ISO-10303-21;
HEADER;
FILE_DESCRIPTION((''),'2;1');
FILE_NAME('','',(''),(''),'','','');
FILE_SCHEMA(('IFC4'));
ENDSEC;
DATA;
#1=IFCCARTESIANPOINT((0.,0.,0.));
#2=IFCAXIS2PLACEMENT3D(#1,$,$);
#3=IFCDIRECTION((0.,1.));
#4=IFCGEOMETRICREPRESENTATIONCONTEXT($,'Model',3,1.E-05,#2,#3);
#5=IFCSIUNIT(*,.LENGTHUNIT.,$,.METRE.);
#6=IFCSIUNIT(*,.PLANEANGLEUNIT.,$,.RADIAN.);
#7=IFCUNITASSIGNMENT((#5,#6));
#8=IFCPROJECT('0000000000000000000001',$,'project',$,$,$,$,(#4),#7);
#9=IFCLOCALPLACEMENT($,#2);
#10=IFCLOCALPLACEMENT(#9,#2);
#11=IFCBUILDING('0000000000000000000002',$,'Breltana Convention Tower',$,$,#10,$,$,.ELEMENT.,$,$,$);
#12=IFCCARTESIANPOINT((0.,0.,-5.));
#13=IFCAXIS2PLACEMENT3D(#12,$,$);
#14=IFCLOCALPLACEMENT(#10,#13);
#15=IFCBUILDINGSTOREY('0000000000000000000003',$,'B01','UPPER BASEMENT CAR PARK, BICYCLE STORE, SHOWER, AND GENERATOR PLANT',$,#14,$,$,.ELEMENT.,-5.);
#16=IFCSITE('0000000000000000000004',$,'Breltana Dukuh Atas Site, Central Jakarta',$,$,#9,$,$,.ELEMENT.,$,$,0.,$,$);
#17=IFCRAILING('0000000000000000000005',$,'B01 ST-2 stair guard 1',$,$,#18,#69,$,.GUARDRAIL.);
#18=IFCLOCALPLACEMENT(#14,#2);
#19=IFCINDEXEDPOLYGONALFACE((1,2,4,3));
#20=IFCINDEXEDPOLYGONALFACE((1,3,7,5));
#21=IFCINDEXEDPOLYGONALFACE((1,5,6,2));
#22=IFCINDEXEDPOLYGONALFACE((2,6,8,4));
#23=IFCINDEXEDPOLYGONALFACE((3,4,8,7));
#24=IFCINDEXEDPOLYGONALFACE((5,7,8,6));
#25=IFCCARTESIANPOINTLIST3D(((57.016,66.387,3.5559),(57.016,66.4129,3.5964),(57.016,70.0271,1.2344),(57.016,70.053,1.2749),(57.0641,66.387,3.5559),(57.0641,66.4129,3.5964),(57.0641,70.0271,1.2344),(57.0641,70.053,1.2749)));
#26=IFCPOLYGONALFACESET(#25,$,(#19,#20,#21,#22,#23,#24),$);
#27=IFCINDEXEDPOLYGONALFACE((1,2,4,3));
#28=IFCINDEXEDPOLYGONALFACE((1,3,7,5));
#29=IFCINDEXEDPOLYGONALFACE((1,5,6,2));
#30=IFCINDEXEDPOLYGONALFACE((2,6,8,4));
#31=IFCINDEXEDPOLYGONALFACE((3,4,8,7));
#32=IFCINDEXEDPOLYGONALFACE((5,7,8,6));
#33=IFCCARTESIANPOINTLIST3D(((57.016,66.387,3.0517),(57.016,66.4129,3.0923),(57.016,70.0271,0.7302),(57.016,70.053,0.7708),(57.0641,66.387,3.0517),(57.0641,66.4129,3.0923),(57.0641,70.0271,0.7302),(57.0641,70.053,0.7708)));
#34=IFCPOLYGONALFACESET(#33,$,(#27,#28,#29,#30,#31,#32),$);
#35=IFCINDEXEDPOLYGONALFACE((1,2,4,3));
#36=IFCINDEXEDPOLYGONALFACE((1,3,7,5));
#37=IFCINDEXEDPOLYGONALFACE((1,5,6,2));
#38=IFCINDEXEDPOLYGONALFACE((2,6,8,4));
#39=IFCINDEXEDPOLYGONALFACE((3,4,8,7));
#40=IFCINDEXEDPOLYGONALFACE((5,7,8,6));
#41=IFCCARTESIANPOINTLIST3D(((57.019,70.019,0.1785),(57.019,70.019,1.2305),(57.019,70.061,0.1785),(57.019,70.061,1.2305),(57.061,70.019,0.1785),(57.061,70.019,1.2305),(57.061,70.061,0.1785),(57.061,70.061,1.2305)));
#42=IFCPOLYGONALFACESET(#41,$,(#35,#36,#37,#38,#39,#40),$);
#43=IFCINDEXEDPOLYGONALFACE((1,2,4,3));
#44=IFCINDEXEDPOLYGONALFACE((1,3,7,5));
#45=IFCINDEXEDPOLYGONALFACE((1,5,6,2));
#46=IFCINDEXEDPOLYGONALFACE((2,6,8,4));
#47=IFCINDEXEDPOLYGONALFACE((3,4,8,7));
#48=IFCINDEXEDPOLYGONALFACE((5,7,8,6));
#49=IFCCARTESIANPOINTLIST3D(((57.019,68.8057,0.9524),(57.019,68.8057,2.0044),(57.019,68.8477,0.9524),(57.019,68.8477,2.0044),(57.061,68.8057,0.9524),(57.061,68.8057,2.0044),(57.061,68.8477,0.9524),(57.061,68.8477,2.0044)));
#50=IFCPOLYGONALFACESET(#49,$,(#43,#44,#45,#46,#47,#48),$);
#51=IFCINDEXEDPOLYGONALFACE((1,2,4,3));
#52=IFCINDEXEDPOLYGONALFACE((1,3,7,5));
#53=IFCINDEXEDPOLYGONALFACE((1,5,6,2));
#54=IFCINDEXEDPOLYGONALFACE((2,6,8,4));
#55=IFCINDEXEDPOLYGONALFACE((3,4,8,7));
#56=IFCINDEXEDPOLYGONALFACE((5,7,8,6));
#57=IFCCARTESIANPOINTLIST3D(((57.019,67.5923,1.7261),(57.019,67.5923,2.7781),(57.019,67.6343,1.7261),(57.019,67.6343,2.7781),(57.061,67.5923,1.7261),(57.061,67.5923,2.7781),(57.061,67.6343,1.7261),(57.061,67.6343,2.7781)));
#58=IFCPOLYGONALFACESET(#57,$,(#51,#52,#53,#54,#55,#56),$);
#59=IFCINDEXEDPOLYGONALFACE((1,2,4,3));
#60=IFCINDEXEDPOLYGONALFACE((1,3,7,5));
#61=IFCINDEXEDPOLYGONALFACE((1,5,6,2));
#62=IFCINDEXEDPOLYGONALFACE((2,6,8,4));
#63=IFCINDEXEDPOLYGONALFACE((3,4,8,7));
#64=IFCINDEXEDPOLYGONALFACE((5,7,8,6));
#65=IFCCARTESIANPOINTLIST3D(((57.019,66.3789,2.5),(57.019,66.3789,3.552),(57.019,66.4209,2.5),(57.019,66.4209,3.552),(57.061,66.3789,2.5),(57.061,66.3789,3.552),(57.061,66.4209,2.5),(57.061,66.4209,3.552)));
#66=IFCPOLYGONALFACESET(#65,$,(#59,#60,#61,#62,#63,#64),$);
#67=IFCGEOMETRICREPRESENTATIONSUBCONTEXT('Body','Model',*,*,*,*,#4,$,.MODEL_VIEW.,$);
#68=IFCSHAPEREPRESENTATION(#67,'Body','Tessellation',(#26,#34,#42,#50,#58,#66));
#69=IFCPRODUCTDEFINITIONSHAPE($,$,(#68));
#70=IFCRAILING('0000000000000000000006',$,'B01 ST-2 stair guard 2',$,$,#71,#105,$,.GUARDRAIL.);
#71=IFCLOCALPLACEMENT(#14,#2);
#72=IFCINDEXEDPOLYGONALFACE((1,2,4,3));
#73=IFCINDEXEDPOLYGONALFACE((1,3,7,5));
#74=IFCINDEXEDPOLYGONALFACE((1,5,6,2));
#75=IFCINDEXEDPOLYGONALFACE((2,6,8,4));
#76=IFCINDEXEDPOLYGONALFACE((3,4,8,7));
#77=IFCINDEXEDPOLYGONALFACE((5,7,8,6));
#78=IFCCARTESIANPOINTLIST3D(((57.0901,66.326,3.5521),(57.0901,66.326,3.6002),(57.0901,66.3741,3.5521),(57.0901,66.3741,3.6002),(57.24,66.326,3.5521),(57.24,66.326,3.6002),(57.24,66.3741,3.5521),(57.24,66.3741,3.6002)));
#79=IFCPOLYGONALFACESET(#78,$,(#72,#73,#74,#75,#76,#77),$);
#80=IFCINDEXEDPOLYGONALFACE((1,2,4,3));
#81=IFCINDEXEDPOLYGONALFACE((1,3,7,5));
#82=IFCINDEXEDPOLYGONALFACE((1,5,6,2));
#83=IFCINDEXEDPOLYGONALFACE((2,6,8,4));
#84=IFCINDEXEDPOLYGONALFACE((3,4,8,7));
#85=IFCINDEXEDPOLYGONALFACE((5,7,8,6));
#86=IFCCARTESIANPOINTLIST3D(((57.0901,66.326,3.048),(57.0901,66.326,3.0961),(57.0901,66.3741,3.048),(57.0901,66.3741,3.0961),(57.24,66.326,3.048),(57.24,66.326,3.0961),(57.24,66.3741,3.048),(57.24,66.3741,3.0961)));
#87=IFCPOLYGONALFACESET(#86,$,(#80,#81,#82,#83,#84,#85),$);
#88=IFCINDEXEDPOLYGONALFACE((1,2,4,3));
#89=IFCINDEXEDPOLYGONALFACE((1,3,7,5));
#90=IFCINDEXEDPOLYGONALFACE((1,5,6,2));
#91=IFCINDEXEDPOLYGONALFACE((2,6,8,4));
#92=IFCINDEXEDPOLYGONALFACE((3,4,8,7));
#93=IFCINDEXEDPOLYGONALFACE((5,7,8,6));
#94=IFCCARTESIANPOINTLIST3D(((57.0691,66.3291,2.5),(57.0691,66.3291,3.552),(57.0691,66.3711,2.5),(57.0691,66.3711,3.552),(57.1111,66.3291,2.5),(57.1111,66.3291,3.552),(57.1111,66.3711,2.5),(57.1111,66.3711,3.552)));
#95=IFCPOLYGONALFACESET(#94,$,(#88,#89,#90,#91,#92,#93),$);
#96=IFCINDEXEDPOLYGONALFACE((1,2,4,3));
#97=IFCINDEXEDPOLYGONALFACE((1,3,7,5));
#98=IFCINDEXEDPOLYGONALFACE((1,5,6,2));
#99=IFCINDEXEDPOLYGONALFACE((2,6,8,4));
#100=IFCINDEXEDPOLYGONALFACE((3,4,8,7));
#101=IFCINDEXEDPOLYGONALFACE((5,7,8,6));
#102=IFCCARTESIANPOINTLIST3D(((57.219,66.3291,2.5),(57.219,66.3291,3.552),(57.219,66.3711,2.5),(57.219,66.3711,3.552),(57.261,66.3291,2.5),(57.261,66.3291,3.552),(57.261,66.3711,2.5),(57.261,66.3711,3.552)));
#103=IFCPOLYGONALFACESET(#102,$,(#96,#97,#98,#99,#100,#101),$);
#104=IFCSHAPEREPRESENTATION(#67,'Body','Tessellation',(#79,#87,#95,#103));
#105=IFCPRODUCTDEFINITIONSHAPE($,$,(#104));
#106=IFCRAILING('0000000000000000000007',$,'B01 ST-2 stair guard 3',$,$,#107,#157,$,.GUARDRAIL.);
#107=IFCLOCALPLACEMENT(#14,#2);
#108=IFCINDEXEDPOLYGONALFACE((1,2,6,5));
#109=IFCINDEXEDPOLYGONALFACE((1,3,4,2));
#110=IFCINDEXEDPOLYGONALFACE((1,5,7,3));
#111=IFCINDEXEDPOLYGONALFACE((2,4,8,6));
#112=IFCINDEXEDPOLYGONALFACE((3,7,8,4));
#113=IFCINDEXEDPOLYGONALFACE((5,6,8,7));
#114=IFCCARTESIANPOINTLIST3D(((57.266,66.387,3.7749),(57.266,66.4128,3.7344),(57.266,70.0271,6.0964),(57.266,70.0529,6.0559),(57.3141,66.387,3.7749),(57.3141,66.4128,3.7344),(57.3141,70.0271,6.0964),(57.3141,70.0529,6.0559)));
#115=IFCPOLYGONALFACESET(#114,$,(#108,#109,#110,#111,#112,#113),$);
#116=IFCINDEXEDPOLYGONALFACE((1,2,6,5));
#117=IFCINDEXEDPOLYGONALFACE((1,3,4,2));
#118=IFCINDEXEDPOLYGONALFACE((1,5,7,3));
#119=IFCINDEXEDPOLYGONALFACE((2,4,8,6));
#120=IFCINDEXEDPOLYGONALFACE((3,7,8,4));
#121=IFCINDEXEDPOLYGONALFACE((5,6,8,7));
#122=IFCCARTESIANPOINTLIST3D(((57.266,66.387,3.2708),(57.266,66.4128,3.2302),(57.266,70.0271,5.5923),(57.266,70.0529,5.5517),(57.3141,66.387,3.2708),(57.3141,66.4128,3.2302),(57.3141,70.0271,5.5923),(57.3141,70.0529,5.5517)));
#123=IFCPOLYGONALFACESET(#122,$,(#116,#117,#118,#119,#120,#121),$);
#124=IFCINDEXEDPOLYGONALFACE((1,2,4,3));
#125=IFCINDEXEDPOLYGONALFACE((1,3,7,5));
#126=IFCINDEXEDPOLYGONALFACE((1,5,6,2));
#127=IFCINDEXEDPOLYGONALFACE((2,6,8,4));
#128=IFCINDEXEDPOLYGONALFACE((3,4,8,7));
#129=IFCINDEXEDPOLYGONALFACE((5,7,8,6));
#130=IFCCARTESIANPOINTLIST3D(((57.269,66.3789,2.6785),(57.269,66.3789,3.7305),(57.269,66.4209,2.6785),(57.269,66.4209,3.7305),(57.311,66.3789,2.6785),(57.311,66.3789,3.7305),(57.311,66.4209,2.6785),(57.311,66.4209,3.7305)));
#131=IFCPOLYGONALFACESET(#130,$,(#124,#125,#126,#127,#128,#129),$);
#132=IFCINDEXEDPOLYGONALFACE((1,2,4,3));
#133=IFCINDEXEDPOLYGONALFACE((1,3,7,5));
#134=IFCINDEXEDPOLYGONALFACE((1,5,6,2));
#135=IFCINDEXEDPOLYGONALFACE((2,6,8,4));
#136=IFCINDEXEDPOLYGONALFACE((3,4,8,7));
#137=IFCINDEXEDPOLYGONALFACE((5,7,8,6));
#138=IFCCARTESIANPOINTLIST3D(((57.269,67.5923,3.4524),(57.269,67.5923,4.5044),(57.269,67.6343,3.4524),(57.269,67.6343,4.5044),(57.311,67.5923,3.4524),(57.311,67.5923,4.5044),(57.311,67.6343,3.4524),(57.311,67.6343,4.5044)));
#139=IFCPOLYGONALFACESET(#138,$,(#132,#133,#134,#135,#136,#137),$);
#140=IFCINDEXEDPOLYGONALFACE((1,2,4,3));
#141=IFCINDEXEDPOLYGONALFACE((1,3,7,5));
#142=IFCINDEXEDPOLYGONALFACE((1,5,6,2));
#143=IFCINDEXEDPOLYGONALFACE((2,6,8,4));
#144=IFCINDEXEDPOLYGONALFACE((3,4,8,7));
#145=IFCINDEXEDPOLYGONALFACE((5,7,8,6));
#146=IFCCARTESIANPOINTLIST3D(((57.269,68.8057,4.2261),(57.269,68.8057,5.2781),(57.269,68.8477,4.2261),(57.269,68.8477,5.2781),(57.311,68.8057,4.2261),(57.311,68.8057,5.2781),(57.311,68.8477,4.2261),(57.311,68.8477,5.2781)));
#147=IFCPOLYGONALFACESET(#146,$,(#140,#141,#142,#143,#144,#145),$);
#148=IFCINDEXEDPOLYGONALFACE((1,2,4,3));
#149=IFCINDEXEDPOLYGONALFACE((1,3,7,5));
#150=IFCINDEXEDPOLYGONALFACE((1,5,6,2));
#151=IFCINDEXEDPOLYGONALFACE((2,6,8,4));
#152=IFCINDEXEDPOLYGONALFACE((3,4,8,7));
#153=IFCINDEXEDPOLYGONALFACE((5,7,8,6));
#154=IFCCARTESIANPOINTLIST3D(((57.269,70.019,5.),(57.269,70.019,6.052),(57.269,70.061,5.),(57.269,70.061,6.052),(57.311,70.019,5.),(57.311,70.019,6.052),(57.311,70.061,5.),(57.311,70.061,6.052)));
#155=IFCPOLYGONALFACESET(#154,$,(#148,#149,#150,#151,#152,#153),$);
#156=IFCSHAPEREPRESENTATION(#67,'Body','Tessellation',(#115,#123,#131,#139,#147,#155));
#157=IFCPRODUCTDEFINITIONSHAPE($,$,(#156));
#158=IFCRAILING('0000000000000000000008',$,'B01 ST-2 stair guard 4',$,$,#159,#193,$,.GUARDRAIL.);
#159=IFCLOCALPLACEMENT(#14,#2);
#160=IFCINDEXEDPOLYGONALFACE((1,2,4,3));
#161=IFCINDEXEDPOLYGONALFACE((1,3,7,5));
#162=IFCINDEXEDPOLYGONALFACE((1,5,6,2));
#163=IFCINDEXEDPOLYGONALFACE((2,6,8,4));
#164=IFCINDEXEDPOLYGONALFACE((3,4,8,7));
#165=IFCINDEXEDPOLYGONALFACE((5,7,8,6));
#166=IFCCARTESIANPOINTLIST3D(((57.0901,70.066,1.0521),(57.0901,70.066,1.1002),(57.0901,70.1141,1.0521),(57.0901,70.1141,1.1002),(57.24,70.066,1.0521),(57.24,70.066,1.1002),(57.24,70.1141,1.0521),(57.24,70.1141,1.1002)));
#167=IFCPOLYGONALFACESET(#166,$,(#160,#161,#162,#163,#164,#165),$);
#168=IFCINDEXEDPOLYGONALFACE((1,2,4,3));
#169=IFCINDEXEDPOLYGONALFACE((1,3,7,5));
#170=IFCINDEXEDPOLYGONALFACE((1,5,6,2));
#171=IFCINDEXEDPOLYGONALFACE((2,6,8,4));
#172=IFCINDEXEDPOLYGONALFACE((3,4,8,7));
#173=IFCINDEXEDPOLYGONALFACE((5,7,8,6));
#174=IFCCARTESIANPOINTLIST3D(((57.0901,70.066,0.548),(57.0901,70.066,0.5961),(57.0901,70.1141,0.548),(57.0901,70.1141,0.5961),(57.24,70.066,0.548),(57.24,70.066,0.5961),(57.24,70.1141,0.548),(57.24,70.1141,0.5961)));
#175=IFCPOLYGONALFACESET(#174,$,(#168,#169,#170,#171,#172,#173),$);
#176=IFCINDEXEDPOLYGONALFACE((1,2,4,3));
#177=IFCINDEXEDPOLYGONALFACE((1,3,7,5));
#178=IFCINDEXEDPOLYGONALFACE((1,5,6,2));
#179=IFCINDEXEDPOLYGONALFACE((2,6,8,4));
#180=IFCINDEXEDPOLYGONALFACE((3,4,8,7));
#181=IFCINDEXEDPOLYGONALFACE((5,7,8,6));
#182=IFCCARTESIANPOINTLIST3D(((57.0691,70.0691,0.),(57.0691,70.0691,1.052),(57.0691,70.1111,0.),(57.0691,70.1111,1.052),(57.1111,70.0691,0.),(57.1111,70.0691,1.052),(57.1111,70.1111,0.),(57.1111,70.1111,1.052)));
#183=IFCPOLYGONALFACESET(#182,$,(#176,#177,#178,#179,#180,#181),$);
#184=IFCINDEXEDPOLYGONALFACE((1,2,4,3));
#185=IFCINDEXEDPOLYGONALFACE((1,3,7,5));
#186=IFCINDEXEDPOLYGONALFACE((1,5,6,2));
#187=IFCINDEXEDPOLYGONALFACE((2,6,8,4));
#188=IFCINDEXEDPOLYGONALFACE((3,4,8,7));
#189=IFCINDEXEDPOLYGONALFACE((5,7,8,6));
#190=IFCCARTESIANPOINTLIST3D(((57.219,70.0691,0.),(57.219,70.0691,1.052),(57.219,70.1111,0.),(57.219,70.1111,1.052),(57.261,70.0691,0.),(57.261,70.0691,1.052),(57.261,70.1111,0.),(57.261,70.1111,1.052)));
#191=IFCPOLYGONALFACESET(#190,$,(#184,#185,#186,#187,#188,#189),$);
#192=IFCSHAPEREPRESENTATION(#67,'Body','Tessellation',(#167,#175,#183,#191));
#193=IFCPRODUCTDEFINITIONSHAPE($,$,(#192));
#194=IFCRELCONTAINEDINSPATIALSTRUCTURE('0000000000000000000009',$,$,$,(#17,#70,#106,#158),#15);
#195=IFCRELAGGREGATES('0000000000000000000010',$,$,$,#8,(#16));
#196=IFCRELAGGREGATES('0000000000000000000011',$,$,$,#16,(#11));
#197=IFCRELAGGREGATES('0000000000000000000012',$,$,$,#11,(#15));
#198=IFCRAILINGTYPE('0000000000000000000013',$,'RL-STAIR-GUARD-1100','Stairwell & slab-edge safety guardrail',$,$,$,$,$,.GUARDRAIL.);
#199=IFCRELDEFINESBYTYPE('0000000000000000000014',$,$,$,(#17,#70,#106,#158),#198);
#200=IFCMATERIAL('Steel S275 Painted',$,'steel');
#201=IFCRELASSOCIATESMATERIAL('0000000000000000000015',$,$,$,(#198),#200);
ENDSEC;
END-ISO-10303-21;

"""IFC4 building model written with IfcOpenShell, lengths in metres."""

from ifc_helpers import new_model, si_unit, direction, frame, origin, origin_2d, place, context, subcontext, project, spatial, rectangle, extrude, material, type_object, element, save


model = new_model("IFC4")

# Units and contexts
model_context = context("Model", 3, precision=1e-05, world=origin(), true_north=direction((0.0, 1.0)))
body_context = subcontext(model_context, "Body", "Model", "MODEL_VIEW")
ifc_project = project(units=[si_unit("LENGTHUNIT", "METRE"), si_unit("PLANEANGLEUNIT", "RADIAN")], contexts=[model_context])

# Site, building, storey
site_placement = place(None, origin())
site = spatial("IfcSite", under=ifc_project, at=site_placement, Name="Breltana Dukuh Atas Site, Central Jakarta", CompositionType="ELEMENT", RefElevation=0.0)
building_placement = place(site_placement, origin())
building = spatial("IfcBuilding", under=site, at=building_placement, Name="Breltana Convention Tower", CompositionType="ELEMENT")
storey_placement = place(building_placement, frame((0.0, 0.0, -5.0)))
storey = spatial("IfcBuildingStorey", under=building, at=storey_placement, Name="B01", Description="UPPER BASEMENT CAR PARK, BICYCLE STORE, SHOWER, AND GENERATOR PLANT", CompositionType="ELEMENT", Elevation=-5.0)

# Railings
ifc_material_1 = material(Name="Steel S275 Painted", Category="steel")
railing_type_1 = type_object("IfcRailingType", Name="RL-STAIR-GUARD-1100", Description="Stairwell & slab-edge safety guardrail", PredefinedType="GUARDRAIL", material=ifc_material_1)
railing_1_placement = place(storey_placement, frame((57.04, 70.04, 0.1785)))
element("IfcRailing", 1, at=railing_1_placement, inside=storey, type_object=railing_type_1, Name="B01 ST-2 stair guard 1", PredefinedType="GUARDRAIL", context=body_context, shape_type="SweptSolid", body=[
    extrude(rectangle(XDim=0.0481, YDim=0.0481, at=origin_2d()), frame((0.0, 0.0, 1.0762), z_axis=(0.0, -0.843128, 0.537713), x_axis=(1.0, 0.0, 0.0)), (0.0, 0.0, 1.0), 4.3174),
    extrude(rectangle(XDim=0.0481, YDim=0.0481, at=origin_2d()), frame((0.0, 0.0, 0.572), z_axis=(0.0, -0.843128, 0.537713), x_axis=(1.0, 0.0, 0.0)), (0.0, 0.0, 1.0), 4.3174),
    extrude(rectangle(XDim=0.042, YDim=0.042, at=origin_2d()), origin(), (0.0, 0.0, 1.0), 1.052),
    extrude(rectangle(XDim=0.042, YDim=0.042, at=origin_2d()), frame((0.0, -1.2134, 0.7739)), (0.0, 0.0, 1.0), 1.052),
    extrude(rectangle(XDim=0.042, YDim=0.042, at=origin_2d()), frame((0.0, -2.4268, 1.5476)), (0.0, 0.0, 1.0), 1.052),
    extrude(rectangle(XDim=0.042, YDim=0.042, at=origin_2d()), frame((0.0, -3.6401, 2.3215)), (0.0, 0.0, 1.0), 1.052),
])
railing_2_placement = place(storey_placement, frame((57.0901, 66.3501, 2.5)))
element("IfcRailing", 2, at=railing_2_placement, inside=storey, type_object=railing_type_1, Name="B01 ST-2 stair guard 2", PredefinedType="GUARDRAIL", context=body_context, shape_type="SweptSolid", body=[
    extrude(rectangle(XDim=0.0481, YDim=0.0481, at=origin_2d()), frame((0.0, 0.0, 1.0762), z_axis=(1.0, 0.0, 0.0), x_axis=(0.0, 1.0, 0.0)), (0.0, 0.0, 1.0), 0.1499),
    extrude(rectangle(XDim=0.0481, YDim=0.0481, at=origin_2d()), frame((0.0, 0.0, 0.572), z_axis=(1.0, 0.0, 0.0), x_axis=(0.0, 1.0, 0.0)), (0.0, 0.0, 1.0), 0.1499),
    extrude(rectangle(XDim=0.042, YDim=0.042, at=origin_2d()), origin(), (0.0, 0.0, 1.0), 1.052),
    extrude(rectangle(XDim=0.042, YDim=0.042, at=origin_2d()), frame((0.1499, 0.0, 0.0)), (0.0, 0.0, 1.0), 1.052),
])
railing_3_placement = place(storey_placement, frame((57.29, 66.3999, 2.6785)))
element("IfcRailing", 3, at=railing_3_placement, inside=storey, type_object=railing_type_1, Name="B01 ST-2 stair guard 3", PredefinedType="GUARDRAIL", context=body_context, shape_type="SweptSolid", body=[
    extrude(rectangle(XDim=0.0481, YDim=0.0481, at=origin_2d()), frame((0.0, 0.0, 1.0762), z_axis=(0.0, 0.843128, 0.537713), x_axis=(-1.0, 0.0, 0.0)), (0.0, 0.0, 1.0), 4.3174),
    extrude(rectangle(XDim=0.0481, YDim=0.0481, at=origin_2d()), frame((0.0, 0.0, 0.572), z_axis=(0.0, 0.843128, 0.537713), x_axis=(-1.0, 0.0, 0.0)), (0.0, 0.0, 1.0), 4.3174),
    extrude(rectangle(XDim=0.042, YDim=0.042, at=origin_2d()), origin(), (0.0, 0.0, 1.0), 1.052),
    extrude(rectangle(XDim=0.042, YDim=0.042, at=origin_2d()), frame((0.0, 1.2134, 0.7739)), (0.0, 0.0, 1.0), 1.052),
    extrude(rectangle(XDim=0.042, YDim=0.042, at=origin_2d()), frame((0.0, 2.4268, 1.5476)), (0.0, 0.0, 1.0), 1.052),
    extrude(rectangle(XDim=0.042, YDim=0.042, at=origin_2d()), frame((0.0, 3.6401, 2.3215)), (0.0, 0.0, 1.0), 1.052),
])
railing_4_placement = place(storey_placement, frame((57.0901, 70.0901, 0.0)))
element("IfcRailing", 4, at=railing_4_placement, inside=storey, type_object=railing_type_1, Name="B01 ST-2 stair guard 4", PredefinedType="GUARDRAIL", context=body_context, shape_type="SweptSolid", body=[
    extrude(rectangle(XDim=0.0481, YDim=0.0481, at=origin_2d()), frame((0.0, 0.0, 1.0762), z_axis=(1.0, 0.0, 0.0), x_axis=(0.0, 1.0, 0.0)), (0.0, 0.0, 1.0), 0.1499),
    extrude(rectangle(XDim=0.0481, YDim=0.0481, at=origin_2d()), frame((0.0, 0.0, 0.572), z_axis=(1.0, 0.0, 0.0), x_axis=(0.0, 1.0, 0.0)), (0.0, 0.0, 1.0), 0.1499),
    extrude(rectangle(XDim=0.042, YDim=0.042, at=origin_2d()), origin(), (0.0, 0.0, 1.0), 1.052),
    extrude(rectangle(XDim=0.042, YDim=0.042, at=origin_2d()), frame((0.1499, 0.0, 0.0)), (0.0, 0.0, 1.0), 1.052),
])

save(model, "model.ifc")
